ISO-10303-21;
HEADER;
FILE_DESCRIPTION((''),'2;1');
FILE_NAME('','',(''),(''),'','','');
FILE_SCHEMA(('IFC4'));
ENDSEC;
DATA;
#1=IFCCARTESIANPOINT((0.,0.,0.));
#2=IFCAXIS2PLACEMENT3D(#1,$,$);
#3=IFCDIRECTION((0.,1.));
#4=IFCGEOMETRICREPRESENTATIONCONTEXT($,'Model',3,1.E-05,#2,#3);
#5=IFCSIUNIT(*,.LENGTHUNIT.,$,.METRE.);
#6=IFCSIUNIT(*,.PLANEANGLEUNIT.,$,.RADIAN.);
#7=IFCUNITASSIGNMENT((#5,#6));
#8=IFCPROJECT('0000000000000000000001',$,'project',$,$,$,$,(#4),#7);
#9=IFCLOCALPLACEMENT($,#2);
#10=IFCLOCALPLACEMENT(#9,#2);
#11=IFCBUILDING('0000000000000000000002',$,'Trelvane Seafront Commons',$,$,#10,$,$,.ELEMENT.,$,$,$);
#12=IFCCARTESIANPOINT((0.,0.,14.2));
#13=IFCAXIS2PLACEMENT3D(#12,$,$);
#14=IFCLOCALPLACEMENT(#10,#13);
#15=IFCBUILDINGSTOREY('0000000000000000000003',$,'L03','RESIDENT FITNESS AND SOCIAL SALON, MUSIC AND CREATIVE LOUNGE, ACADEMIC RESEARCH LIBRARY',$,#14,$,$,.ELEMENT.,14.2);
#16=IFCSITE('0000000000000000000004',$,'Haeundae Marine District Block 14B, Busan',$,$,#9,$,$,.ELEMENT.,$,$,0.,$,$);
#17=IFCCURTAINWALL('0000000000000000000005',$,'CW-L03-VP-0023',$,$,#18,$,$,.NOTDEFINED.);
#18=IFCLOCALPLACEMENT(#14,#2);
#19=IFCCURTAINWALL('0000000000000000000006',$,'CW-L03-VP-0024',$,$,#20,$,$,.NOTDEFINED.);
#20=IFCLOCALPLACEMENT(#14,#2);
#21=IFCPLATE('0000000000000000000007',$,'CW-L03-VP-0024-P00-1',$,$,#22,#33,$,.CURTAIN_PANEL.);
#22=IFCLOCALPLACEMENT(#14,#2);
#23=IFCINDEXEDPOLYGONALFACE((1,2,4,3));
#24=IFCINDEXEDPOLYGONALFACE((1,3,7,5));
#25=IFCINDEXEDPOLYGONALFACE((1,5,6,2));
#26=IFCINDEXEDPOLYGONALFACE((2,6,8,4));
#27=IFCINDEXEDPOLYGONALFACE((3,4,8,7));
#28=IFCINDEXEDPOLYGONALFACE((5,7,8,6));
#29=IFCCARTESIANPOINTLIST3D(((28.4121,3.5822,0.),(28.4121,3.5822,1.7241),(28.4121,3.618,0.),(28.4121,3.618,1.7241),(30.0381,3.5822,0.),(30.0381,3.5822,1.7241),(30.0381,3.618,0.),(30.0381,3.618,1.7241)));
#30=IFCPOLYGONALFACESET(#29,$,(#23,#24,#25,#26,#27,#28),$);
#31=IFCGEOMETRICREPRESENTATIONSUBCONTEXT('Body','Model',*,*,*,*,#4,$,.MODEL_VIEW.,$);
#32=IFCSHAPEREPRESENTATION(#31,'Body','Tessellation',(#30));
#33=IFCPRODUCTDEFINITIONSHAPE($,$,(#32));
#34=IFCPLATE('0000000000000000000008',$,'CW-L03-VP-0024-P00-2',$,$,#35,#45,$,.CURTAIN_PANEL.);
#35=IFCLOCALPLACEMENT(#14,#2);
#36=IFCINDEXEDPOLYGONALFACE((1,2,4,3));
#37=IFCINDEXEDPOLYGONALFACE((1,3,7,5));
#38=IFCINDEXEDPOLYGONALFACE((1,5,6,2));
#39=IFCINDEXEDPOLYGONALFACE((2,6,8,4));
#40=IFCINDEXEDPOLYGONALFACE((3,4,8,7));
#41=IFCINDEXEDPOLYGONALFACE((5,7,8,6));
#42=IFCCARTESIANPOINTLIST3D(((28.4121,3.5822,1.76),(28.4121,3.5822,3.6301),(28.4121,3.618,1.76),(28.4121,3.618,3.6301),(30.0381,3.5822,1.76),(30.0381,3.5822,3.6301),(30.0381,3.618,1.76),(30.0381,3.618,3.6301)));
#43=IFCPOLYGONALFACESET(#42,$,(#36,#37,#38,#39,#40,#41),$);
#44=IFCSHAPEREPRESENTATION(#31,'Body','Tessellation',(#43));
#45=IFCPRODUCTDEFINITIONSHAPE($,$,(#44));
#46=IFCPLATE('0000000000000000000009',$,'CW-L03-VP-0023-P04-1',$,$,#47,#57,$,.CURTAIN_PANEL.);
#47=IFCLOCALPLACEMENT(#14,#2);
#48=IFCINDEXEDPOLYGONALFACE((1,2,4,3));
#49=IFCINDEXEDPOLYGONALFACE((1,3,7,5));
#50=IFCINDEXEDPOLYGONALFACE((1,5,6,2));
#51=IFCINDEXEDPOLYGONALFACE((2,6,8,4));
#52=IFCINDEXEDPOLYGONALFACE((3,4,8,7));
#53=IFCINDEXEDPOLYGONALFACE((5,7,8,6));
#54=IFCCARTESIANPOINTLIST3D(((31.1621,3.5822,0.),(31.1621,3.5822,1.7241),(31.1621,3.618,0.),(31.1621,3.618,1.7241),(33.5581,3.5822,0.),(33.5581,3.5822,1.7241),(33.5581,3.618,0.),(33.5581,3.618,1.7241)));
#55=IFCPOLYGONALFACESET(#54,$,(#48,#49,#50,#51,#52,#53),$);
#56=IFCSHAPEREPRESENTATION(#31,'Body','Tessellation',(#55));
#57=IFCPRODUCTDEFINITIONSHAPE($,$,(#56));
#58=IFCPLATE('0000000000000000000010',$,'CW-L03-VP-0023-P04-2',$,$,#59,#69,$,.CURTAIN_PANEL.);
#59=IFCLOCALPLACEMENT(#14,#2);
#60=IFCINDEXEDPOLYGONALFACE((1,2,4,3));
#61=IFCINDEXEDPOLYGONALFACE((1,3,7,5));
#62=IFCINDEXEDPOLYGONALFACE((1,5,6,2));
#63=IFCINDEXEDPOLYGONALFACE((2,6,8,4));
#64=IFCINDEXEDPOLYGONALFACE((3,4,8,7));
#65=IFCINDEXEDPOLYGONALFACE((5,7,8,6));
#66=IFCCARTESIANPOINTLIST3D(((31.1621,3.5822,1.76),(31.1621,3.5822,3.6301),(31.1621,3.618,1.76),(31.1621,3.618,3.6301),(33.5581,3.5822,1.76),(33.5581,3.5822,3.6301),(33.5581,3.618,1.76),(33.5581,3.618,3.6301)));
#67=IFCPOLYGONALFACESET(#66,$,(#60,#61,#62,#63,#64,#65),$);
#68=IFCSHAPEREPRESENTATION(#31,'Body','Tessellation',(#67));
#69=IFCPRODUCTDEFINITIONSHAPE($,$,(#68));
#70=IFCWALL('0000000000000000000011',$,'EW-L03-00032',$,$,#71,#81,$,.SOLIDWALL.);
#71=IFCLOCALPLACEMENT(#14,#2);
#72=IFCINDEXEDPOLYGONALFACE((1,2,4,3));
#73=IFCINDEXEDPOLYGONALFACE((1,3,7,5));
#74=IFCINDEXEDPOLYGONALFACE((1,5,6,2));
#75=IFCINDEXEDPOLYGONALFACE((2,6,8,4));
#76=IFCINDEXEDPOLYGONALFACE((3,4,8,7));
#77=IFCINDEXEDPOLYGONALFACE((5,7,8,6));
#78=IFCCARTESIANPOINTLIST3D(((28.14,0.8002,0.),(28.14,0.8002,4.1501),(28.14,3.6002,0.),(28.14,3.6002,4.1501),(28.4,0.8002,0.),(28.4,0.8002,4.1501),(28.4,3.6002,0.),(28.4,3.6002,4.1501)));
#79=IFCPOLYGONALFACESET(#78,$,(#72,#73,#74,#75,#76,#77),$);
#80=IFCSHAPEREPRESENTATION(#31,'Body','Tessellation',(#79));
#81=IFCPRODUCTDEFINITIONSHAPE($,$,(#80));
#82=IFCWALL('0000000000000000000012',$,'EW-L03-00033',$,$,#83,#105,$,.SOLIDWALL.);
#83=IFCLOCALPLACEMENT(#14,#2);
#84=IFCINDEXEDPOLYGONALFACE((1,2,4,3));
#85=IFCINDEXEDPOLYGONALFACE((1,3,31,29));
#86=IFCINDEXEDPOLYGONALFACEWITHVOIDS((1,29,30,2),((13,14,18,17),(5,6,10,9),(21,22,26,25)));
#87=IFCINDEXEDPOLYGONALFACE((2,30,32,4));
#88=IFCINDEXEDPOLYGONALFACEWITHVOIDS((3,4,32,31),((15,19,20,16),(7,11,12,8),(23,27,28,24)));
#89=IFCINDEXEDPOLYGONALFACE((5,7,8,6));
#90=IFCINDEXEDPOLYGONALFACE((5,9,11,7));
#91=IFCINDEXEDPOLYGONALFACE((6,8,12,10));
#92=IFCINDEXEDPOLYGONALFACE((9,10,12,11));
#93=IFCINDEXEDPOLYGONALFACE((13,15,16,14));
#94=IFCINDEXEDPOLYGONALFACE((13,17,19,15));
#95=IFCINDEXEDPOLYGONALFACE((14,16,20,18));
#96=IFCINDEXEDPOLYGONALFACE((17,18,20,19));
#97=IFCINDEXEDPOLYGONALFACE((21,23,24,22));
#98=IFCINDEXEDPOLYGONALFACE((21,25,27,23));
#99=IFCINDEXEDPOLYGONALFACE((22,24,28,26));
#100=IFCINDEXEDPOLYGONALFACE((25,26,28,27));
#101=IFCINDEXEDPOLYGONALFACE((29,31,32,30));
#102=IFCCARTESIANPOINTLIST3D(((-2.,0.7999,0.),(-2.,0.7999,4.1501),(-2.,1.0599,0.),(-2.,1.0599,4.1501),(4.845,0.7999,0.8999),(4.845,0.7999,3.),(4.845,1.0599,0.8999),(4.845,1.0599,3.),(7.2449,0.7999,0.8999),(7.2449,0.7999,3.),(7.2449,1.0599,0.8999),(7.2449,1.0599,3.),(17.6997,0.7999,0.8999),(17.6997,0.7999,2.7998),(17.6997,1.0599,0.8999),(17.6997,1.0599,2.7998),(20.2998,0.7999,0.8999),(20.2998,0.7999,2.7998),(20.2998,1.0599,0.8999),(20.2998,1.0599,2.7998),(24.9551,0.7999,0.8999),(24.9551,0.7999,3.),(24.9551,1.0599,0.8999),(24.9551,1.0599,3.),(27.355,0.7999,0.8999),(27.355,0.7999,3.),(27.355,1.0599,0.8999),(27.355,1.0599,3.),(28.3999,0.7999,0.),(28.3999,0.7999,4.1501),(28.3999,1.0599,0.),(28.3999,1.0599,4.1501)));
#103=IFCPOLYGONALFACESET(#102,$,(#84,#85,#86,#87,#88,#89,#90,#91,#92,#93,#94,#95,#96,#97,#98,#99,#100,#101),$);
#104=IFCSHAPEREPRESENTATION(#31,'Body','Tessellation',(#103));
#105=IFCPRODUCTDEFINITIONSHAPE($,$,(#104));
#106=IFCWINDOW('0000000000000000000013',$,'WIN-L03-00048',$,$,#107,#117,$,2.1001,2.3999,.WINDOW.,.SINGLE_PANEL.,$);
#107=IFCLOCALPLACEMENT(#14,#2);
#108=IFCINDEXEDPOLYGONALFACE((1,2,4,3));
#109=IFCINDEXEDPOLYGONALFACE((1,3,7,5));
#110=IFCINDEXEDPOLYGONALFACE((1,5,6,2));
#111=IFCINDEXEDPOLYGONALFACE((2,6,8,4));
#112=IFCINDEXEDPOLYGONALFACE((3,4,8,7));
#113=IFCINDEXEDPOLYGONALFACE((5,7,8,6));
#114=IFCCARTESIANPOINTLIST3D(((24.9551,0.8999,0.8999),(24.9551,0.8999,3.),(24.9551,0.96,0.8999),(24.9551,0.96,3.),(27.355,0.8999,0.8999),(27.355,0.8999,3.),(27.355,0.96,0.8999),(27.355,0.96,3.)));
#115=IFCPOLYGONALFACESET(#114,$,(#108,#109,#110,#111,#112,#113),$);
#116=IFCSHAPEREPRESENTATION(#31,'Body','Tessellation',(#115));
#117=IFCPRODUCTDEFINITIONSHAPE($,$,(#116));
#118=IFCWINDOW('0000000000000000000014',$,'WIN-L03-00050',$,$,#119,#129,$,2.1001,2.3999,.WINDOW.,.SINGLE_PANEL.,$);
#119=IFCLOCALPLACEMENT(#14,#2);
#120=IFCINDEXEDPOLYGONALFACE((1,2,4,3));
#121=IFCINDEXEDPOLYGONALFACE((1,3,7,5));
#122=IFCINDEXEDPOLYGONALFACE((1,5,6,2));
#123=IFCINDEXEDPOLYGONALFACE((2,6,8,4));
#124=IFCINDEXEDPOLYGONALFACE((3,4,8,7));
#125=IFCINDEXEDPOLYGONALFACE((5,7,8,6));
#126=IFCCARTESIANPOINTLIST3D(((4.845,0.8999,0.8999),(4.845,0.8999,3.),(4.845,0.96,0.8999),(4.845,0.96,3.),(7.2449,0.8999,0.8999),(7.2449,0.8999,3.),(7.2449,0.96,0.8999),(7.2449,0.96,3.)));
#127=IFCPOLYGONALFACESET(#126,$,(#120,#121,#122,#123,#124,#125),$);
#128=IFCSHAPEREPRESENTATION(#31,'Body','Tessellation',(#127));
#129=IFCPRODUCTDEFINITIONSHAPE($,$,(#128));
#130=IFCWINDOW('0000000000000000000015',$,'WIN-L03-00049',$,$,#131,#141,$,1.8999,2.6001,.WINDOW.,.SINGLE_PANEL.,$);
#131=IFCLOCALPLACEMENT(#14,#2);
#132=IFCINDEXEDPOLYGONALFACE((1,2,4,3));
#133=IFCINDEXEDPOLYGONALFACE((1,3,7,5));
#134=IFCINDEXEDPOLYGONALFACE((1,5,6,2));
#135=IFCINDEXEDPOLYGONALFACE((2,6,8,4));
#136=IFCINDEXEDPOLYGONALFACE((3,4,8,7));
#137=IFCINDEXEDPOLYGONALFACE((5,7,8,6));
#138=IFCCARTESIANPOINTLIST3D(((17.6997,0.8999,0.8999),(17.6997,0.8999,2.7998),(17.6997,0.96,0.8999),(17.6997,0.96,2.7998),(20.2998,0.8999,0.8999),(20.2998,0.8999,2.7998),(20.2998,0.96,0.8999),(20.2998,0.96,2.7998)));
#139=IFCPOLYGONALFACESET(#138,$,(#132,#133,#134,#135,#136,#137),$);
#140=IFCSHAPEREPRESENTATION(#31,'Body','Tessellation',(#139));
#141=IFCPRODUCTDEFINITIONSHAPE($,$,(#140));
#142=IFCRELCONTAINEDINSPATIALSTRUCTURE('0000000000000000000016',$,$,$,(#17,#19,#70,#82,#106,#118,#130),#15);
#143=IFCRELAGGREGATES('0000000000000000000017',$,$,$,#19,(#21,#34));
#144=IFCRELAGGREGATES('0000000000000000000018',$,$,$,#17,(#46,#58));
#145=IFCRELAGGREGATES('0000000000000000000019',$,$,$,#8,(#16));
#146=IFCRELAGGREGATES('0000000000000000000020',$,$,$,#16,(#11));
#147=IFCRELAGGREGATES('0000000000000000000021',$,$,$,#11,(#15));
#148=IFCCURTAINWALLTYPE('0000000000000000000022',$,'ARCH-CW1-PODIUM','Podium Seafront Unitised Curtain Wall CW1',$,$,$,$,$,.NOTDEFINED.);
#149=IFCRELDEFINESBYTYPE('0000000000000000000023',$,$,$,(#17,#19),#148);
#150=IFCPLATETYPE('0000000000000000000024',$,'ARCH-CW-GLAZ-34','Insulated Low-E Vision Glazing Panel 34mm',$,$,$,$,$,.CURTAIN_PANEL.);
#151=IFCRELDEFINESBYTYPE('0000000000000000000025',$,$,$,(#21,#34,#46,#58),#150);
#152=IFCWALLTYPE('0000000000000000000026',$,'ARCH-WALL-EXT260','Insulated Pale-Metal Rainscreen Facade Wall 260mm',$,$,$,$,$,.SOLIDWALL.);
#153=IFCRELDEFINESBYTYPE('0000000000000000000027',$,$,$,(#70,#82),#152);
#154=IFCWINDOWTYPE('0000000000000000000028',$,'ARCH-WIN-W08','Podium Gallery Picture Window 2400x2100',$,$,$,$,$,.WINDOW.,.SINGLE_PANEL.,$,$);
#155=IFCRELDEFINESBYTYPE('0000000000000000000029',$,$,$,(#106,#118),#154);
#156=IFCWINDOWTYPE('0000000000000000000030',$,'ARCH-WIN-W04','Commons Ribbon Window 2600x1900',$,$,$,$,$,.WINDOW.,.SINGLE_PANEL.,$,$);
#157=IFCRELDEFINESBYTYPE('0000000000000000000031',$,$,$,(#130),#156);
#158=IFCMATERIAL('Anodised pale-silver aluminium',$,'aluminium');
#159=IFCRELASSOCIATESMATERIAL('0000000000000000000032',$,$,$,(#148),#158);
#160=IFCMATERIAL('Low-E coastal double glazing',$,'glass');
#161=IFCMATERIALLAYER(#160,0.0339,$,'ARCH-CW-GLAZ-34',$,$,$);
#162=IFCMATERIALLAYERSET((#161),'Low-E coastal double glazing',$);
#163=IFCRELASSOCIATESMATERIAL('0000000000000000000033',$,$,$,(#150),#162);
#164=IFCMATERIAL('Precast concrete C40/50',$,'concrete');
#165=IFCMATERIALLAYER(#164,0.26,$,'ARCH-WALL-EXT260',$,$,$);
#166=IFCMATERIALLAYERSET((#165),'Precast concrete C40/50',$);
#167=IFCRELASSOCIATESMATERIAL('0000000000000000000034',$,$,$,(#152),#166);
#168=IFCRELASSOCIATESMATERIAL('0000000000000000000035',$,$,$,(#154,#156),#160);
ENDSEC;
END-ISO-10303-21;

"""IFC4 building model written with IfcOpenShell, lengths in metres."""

from ifc_helpers import new_model, si_unit, direction, frame, frame_2d, origin, origin_2d, place, context, subcontext, project, spatial, rectangle, extrude, source, transform, mapped, material, layer, layer_set, type_object, element, fill, aggregate, save


model = new_model("IFC4")

# Units and contexts
model_context = context("Model", 3, precision=1e-05, world=origin(), true_north=direction((0.0, 1.0)))
body_context = subcontext(model_context, "Body", "Model", "MODEL_VIEW")
ifc_project = project(units=[si_unit("LENGTHUNIT", "METRE"), si_unit("PLANEANGLEUNIT", "RADIAN")], contexts=[model_context])

# Site, building, storey
site_placement = place(None, origin())
site = spatial("IfcSite", under=ifc_project, at=site_placement, Name="Haeundae Marine District Block 14B, Busan", CompositionType="ELEMENT", RefElevation=0.0)
building_placement = place(site_placement, origin())
building = spatial("IfcBuilding", under=site, at=building_placement, Name="Trelvane Seafront Commons", CompositionType="ELEMENT")
storey_placement = place(building_placement, frame((0.0, 0.0, 14.2)))
storey = spatial("IfcBuildingStorey", under=building, at=storey_placement, Name="L03", Description="RESIDENT FITNESS AND SOCIAL SALON, MUSIC AND CREATIVE LOUNGE, ACADEMIC RESEARCH LIBRARY", CompositionType="ELEMENT", Elevation=14.2)

# Curtain wall
ifc_material_1 = material(Name="Anodised pale-silver aluminium", Category="aluminium")
curtain_wall_type = type_object("IfcCurtainWallType", Name="ARCH-CW1-PODIUM", Description="Podium Seafront Unitised Curtain Wall CW1", PredefinedType="NOTDEFINED", material=ifc_material_1)
curtain_wall_1_placement = place(storey_placement, origin())
curtain_wall_1 = element("IfcCurtainWall", 1, at=curtain_wall_1_placement, inside=storey, type_object=curtain_wall_type, Name="CW-L03-VP-0023", PredefinedType="NOTDEFINED")

# Curtain wall
curtain_wall_2_placement = place(storey_placement, origin())
curtain_wall_2 = element("IfcCurtainWall", 2, at=curtain_wall_2_placement, inside=storey, type_object=curtain_wall_type, Name="CW-L03-VP-0024", PredefinedType="NOTDEFINED")

# Plates
ifc_material_2 = material(Name="Low-E coastal double glazing", Category="glass")
ifc_layer_1 = layer(ifc_material_2, 0.0339, Name="ARCH-CW-GLAZ-34")
ifc_layer_set_1 = layer_set([ifc_layer_1], Name="Low-E coastal double glazing")
plate_type_1 = type_object("IfcPlateType", Name="ARCH-CW-GLAZ-34", Description="Insulated Low-E Vision Glazing Panel 34mm", PredefinedType="CURTAIN_PANEL", material=ifc_layer_set_1)
shared_shape_1 = source(origin(), body_context, "Body", "SweptSolid", [
    extrude(rectangle(XDim=1.626, YDim=0.0359, at=origin_2d()), origin(), (0.0, 0.0, 1.0), 1.7241),
])
plate_1_placement = place(storey_placement, frame((29.2251, 3.6001, 0.0), z_axis=(0.0, 0.0, 1.0), x_axis=(-1.0, 0.0, 0.0)))
plate_1 = element("IfcPlate", 3, at=plate_1_placement, type_object=plate_type_1, Name="CW-L03-VP-0024-P00-1", PredefinedType="CURTAIN_PANEL", context=body_context, shape_type="MappedRepresentation", body=[
    mapped(shared_shape_1, transform((0.0, 0.0, 0.0), x_axis=(1.0, 0.0, 0.0), y_axis=(0.0, 1.0, 0.0), z_axis=(0.0, 0.0, 1.0), scale=1.0)),
])
shared_shape_2 = source(origin(), body_context, "Body", "SweptSolid", [
    extrude(rectangle(XDim=1.626, YDim=0.0359, at=origin_2d()), origin(), (0.0, 0.0, 1.0), 1.8701),
])
plate_2_placement = place(storey_placement, frame((29.2251, 3.6001, 1.76), z_axis=(0.0, 0.0, 1.0), x_axis=(-1.0, 0.0, 0.0)))
plate_2 = element("IfcPlate", 4, at=plate_2_placement, type_object=plate_type_1, Name="CW-L03-VP-0024-P00-2", PredefinedType="CURTAIN_PANEL", context=body_context, shape_type="MappedRepresentation", body=[
    mapped(shared_shape_2, transform((0.0, 0.0, 0.0), x_axis=(1.0, 0.0, 0.0), y_axis=(0.0, 1.0, 0.0), z_axis=(0.0, 0.0, 1.0), scale=1.0)),
])
aggregate(curtain_wall_2, [plate_1, plate_2])
shared_shape_3 = source(origin(), body_context, "Body", "SweptSolid", [
    extrude(rectangle(XDim=2.396, YDim=0.0359, at=origin_2d()), origin(), (0.0, 0.0, 1.0), 1.7241),
])
plate_3_placement = place(storey_placement, frame((32.3601, 3.6001, 0.0), z_axis=(0.0, 0.0, 1.0), x_axis=(-1.0, 0.0, 0.0)))
plate_3 = element("IfcPlate", 5, at=plate_3_placement, type_object=plate_type_1, Name="CW-L03-VP-0023-P04-1", PredefinedType="CURTAIN_PANEL", context=body_context, shape_type="MappedRepresentation", body=[
    mapped(shared_shape_3, transform((0.0, 0.0, 0.0), x_axis=(1.0, 0.0, 0.0), y_axis=(0.0, 1.0, 0.0), z_axis=(0.0, 0.0, 1.0), scale=1.0)),
])
shared_shape_4 = source(origin(), body_context, "Body", "SweptSolid", [
    extrude(rectangle(XDim=2.396, YDim=0.0359, at=origin_2d()), origin(), (0.0, 0.0, 1.0), 1.8701),
])
plate_4_placement = place(storey_placement, frame((32.3601, 3.6001, 1.76), z_axis=(0.0, 0.0, 1.0), x_axis=(-1.0, 0.0, 0.0)))
plate_4 = element("IfcPlate", 6, at=plate_4_placement, type_object=plate_type_1, Name="CW-L03-VP-0023-P04-2", PredefinedType="CURTAIN_PANEL", context=body_context, shape_type="MappedRepresentation", body=[
    mapped(shared_shape_4, transform((0.0, 0.0, 0.0), x_axis=(1.0, 0.0, 0.0), y_axis=(0.0, 1.0, 0.0), z_axis=(0.0, 0.0, 1.0), scale=1.0)),
])
aggregate(curtain_wall_1, [plate_3, plate_4])

# Wall
ifc_material_3 = material(Name="Precast concrete C40/50", Category="concrete")
ifc_layer_2 = layer(ifc_material_3, 0.26, Name="ARCH-WALL-EXT260")
ifc_layer_set_2 = layer_set([ifc_layer_2], Name="Precast concrete C40/50")
wall_type_1 = type_object("IfcWallType", Name="ARCH-WALL-EXT260", Description="Insulated Pale-Metal Rainscreen Facade Wall 260mm", PredefinedType="SOLIDWALL", material=ifc_layer_set_2)
wall_1_placement = place(storey_placement, frame((28.27, 3.6001, 0.0), z_axis=(0.0, 0.0, 1.0), x_axis=(0.0, -1.0, 0.0)))
element("IfcWall", 7, at=wall_1_placement, inside=storey, type_object=wall_type_1, Name="EW-L03-00032", PredefinedType="SOLIDWALL", context=body_context, shape_type="SweptSolid", body=[
    extrude(rectangle(XDim=2.8, YDim=0.26, at=frame_2d((1.3999, 0.0))), origin(), (0.0, 0.0, 1.0), 4.1501),
])

# Wall, openings, windows
wall_2_placement = place(storey_placement, frame((28.3999, 0.9299, 0.0), z_axis=(0.0, 0.0, 1.0), x_axis=(-1.0, 0.0, 0.0)))
wall_2 = element("IfcWall", 8, at=wall_2_placement, inside=storey, type_object=wall_type_1, Name="EW-L03-00033", PredefinedType="SOLIDWALL", context=body_context, shape_type="SweptSolid", body=[
    extrude(rectangle(XDim=30.3999, YDim=0.26, at=frame_2d((15.2, 0.0))), origin(), (0.0, 0.0, 1.0), 4.1501),
])
opening_1_placement = place(wall_2_placement, frame((1.0449, 0.0, 0.8999)))
opening_1 = element("IfcOpeningElement", 9, at=opening_1_placement, cuts=wall_2, PredefinedType="OPENING", context=body_context, shape_type="SweptSolid", body=[
    extrude(rectangle(XDim=2.3999, YDim=2.1001, at=frame_2d((1.2, 1.05))), frame((0.0, 0.1399, 0.0), z_axis=(0.0, -1.0, 0.0), x_axis=(1.0, 0.0, 0.0)), (0.0, 0.0, 1.0), 0.28),
])
opening_2_placement = place(wall_2_placement, frame((8.1001, 0.0, 0.8999)))
opening_2 = element("IfcOpeningElement", 10, at=opening_2_placement, cuts=wall_2, PredefinedType="OPENING", context=body_context, shape_type="SweptSolid", body=[
    extrude(rectangle(XDim=2.6001, YDim=1.8999, at=frame_2d((1.3, 0.95))), frame((0.0, 0.1399, 0.0), z_axis=(0.0, -1.0, 0.0), x_axis=(1.0, 0.0, 0.0)), (0.0, 0.0, 1.0), 0.28),
])
opening_3_placement = place(wall_2_placement, frame((21.155, 0.0, 0.8999)))
opening_3 = element("IfcOpeningElement", 11, at=opening_3_placement, cuts=wall_2, PredefinedType="OPENING", context=body_context, shape_type="SweptSolid", body=[
    extrude(rectangle(XDim=2.3999, YDim=2.1001, at=frame_2d((1.2, 1.05))), frame((0.0, 0.1399, 0.0), z_axis=(0.0, -1.0, 0.0), x_axis=(1.0, 0.0, 0.0)), (0.0, 0.0, 1.0), 0.28),
])
window_type_1 = type_object("IfcWindowType", Name="ARCH-WIN-W08", Description="Podium Gallery Picture Window 2400x2100", PartitioningType="SINGLE_PANEL", PredefinedType="WINDOW", material=ifc_material_2)
shared_shape_5 = source(origin(), body_context, "Body", "SweptSolid", [
    extrude(rectangle(XDim=2.3999, YDim=2.1001, at=frame_2d((1.2, 1.05))), frame((0.0, 0.03, 0.0), z_axis=(0.0, -1.0, 0.0), x_axis=(1.0, 0.0, 0.0)), (0.0, 0.0, 1.0), 0.0601),
])
window_1_placement = place(opening_1_placement, origin())
window_1 = element("IfcWindow", 12, at=window_1_placement, inside=storey, type_object=window_type_1, Name="WIN-L03-00048", OverallHeight=2.1001, OverallWidth=2.3999, PartitioningType="SINGLE_PANEL", PredefinedType="WINDOW", context=body_context, shape_type="MappedRepresentation", body=[
    mapped(shared_shape_5, transform((0.0, 0.0, 0.0), x_axis=(1.0, 0.0, 0.0), y_axis=(0.0, 1.0, 0.0), z_axis=(0.0, 0.0, 1.0), scale=1.0)),
])
fill(opening_1, window_1)
window_2_placement = place(opening_3_placement, origin())
window_2 = element("IfcWindow", 13, at=window_2_placement, inside=storey, type_object=window_type_1, Name="WIN-L03-00050", OverallHeight=2.1001, OverallWidth=2.3999, PartitioningType="SINGLE_PANEL", PredefinedType="WINDOW", context=body_context, shape_type="MappedRepresentation", body=[
    mapped(shared_shape_5, transform((0.0, 0.0, 0.0), x_axis=(1.0, 0.0, 0.0), y_axis=(0.0, 1.0, 0.0), z_axis=(0.0, 0.0, 1.0), scale=1.0)),
])
fill(opening_3, window_2)
window_type_2 = type_object("IfcWindowType", Name="ARCH-WIN-W04", Description="Commons Ribbon Window 2600x1900", PartitioningType="SINGLE_PANEL", PredefinedType="WINDOW", material=ifc_material_2)
shared_shape_6 = source(origin(), body_context, "Body", "SweptSolid", [
    extrude(rectangle(XDim=2.6001, YDim=1.8999, at=frame_2d((1.3, 0.95))), frame((0.0, 0.03, 0.0), z_axis=(0.0, -1.0, 0.0), x_axis=(1.0, 0.0, 0.0)), (0.0, 0.0, 1.0), 0.0601),
])
window_3_placement = place(opening_2_placement, origin())
window_3 = element("IfcWindow", 14, at=window_3_placement, inside=storey, type_object=window_type_2, Name="WIN-L03-00049", OverallHeight=1.8999, OverallWidth=2.6001, PartitioningType="SINGLE_PANEL", PredefinedType="WINDOW", context=body_context, shape_type="MappedRepresentation", body=[
    mapped(shared_shape_6, transform((0.0, 0.0, 0.0), x_axis=(1.0, 0.0, 0.0), y_axis=(0.0, 1.0, 0.0), z_axis=(0.0, 0.0, 1.0), scale=1.0)),
])
fill(opening_2, window_3)

save(model, "model.ifc")
